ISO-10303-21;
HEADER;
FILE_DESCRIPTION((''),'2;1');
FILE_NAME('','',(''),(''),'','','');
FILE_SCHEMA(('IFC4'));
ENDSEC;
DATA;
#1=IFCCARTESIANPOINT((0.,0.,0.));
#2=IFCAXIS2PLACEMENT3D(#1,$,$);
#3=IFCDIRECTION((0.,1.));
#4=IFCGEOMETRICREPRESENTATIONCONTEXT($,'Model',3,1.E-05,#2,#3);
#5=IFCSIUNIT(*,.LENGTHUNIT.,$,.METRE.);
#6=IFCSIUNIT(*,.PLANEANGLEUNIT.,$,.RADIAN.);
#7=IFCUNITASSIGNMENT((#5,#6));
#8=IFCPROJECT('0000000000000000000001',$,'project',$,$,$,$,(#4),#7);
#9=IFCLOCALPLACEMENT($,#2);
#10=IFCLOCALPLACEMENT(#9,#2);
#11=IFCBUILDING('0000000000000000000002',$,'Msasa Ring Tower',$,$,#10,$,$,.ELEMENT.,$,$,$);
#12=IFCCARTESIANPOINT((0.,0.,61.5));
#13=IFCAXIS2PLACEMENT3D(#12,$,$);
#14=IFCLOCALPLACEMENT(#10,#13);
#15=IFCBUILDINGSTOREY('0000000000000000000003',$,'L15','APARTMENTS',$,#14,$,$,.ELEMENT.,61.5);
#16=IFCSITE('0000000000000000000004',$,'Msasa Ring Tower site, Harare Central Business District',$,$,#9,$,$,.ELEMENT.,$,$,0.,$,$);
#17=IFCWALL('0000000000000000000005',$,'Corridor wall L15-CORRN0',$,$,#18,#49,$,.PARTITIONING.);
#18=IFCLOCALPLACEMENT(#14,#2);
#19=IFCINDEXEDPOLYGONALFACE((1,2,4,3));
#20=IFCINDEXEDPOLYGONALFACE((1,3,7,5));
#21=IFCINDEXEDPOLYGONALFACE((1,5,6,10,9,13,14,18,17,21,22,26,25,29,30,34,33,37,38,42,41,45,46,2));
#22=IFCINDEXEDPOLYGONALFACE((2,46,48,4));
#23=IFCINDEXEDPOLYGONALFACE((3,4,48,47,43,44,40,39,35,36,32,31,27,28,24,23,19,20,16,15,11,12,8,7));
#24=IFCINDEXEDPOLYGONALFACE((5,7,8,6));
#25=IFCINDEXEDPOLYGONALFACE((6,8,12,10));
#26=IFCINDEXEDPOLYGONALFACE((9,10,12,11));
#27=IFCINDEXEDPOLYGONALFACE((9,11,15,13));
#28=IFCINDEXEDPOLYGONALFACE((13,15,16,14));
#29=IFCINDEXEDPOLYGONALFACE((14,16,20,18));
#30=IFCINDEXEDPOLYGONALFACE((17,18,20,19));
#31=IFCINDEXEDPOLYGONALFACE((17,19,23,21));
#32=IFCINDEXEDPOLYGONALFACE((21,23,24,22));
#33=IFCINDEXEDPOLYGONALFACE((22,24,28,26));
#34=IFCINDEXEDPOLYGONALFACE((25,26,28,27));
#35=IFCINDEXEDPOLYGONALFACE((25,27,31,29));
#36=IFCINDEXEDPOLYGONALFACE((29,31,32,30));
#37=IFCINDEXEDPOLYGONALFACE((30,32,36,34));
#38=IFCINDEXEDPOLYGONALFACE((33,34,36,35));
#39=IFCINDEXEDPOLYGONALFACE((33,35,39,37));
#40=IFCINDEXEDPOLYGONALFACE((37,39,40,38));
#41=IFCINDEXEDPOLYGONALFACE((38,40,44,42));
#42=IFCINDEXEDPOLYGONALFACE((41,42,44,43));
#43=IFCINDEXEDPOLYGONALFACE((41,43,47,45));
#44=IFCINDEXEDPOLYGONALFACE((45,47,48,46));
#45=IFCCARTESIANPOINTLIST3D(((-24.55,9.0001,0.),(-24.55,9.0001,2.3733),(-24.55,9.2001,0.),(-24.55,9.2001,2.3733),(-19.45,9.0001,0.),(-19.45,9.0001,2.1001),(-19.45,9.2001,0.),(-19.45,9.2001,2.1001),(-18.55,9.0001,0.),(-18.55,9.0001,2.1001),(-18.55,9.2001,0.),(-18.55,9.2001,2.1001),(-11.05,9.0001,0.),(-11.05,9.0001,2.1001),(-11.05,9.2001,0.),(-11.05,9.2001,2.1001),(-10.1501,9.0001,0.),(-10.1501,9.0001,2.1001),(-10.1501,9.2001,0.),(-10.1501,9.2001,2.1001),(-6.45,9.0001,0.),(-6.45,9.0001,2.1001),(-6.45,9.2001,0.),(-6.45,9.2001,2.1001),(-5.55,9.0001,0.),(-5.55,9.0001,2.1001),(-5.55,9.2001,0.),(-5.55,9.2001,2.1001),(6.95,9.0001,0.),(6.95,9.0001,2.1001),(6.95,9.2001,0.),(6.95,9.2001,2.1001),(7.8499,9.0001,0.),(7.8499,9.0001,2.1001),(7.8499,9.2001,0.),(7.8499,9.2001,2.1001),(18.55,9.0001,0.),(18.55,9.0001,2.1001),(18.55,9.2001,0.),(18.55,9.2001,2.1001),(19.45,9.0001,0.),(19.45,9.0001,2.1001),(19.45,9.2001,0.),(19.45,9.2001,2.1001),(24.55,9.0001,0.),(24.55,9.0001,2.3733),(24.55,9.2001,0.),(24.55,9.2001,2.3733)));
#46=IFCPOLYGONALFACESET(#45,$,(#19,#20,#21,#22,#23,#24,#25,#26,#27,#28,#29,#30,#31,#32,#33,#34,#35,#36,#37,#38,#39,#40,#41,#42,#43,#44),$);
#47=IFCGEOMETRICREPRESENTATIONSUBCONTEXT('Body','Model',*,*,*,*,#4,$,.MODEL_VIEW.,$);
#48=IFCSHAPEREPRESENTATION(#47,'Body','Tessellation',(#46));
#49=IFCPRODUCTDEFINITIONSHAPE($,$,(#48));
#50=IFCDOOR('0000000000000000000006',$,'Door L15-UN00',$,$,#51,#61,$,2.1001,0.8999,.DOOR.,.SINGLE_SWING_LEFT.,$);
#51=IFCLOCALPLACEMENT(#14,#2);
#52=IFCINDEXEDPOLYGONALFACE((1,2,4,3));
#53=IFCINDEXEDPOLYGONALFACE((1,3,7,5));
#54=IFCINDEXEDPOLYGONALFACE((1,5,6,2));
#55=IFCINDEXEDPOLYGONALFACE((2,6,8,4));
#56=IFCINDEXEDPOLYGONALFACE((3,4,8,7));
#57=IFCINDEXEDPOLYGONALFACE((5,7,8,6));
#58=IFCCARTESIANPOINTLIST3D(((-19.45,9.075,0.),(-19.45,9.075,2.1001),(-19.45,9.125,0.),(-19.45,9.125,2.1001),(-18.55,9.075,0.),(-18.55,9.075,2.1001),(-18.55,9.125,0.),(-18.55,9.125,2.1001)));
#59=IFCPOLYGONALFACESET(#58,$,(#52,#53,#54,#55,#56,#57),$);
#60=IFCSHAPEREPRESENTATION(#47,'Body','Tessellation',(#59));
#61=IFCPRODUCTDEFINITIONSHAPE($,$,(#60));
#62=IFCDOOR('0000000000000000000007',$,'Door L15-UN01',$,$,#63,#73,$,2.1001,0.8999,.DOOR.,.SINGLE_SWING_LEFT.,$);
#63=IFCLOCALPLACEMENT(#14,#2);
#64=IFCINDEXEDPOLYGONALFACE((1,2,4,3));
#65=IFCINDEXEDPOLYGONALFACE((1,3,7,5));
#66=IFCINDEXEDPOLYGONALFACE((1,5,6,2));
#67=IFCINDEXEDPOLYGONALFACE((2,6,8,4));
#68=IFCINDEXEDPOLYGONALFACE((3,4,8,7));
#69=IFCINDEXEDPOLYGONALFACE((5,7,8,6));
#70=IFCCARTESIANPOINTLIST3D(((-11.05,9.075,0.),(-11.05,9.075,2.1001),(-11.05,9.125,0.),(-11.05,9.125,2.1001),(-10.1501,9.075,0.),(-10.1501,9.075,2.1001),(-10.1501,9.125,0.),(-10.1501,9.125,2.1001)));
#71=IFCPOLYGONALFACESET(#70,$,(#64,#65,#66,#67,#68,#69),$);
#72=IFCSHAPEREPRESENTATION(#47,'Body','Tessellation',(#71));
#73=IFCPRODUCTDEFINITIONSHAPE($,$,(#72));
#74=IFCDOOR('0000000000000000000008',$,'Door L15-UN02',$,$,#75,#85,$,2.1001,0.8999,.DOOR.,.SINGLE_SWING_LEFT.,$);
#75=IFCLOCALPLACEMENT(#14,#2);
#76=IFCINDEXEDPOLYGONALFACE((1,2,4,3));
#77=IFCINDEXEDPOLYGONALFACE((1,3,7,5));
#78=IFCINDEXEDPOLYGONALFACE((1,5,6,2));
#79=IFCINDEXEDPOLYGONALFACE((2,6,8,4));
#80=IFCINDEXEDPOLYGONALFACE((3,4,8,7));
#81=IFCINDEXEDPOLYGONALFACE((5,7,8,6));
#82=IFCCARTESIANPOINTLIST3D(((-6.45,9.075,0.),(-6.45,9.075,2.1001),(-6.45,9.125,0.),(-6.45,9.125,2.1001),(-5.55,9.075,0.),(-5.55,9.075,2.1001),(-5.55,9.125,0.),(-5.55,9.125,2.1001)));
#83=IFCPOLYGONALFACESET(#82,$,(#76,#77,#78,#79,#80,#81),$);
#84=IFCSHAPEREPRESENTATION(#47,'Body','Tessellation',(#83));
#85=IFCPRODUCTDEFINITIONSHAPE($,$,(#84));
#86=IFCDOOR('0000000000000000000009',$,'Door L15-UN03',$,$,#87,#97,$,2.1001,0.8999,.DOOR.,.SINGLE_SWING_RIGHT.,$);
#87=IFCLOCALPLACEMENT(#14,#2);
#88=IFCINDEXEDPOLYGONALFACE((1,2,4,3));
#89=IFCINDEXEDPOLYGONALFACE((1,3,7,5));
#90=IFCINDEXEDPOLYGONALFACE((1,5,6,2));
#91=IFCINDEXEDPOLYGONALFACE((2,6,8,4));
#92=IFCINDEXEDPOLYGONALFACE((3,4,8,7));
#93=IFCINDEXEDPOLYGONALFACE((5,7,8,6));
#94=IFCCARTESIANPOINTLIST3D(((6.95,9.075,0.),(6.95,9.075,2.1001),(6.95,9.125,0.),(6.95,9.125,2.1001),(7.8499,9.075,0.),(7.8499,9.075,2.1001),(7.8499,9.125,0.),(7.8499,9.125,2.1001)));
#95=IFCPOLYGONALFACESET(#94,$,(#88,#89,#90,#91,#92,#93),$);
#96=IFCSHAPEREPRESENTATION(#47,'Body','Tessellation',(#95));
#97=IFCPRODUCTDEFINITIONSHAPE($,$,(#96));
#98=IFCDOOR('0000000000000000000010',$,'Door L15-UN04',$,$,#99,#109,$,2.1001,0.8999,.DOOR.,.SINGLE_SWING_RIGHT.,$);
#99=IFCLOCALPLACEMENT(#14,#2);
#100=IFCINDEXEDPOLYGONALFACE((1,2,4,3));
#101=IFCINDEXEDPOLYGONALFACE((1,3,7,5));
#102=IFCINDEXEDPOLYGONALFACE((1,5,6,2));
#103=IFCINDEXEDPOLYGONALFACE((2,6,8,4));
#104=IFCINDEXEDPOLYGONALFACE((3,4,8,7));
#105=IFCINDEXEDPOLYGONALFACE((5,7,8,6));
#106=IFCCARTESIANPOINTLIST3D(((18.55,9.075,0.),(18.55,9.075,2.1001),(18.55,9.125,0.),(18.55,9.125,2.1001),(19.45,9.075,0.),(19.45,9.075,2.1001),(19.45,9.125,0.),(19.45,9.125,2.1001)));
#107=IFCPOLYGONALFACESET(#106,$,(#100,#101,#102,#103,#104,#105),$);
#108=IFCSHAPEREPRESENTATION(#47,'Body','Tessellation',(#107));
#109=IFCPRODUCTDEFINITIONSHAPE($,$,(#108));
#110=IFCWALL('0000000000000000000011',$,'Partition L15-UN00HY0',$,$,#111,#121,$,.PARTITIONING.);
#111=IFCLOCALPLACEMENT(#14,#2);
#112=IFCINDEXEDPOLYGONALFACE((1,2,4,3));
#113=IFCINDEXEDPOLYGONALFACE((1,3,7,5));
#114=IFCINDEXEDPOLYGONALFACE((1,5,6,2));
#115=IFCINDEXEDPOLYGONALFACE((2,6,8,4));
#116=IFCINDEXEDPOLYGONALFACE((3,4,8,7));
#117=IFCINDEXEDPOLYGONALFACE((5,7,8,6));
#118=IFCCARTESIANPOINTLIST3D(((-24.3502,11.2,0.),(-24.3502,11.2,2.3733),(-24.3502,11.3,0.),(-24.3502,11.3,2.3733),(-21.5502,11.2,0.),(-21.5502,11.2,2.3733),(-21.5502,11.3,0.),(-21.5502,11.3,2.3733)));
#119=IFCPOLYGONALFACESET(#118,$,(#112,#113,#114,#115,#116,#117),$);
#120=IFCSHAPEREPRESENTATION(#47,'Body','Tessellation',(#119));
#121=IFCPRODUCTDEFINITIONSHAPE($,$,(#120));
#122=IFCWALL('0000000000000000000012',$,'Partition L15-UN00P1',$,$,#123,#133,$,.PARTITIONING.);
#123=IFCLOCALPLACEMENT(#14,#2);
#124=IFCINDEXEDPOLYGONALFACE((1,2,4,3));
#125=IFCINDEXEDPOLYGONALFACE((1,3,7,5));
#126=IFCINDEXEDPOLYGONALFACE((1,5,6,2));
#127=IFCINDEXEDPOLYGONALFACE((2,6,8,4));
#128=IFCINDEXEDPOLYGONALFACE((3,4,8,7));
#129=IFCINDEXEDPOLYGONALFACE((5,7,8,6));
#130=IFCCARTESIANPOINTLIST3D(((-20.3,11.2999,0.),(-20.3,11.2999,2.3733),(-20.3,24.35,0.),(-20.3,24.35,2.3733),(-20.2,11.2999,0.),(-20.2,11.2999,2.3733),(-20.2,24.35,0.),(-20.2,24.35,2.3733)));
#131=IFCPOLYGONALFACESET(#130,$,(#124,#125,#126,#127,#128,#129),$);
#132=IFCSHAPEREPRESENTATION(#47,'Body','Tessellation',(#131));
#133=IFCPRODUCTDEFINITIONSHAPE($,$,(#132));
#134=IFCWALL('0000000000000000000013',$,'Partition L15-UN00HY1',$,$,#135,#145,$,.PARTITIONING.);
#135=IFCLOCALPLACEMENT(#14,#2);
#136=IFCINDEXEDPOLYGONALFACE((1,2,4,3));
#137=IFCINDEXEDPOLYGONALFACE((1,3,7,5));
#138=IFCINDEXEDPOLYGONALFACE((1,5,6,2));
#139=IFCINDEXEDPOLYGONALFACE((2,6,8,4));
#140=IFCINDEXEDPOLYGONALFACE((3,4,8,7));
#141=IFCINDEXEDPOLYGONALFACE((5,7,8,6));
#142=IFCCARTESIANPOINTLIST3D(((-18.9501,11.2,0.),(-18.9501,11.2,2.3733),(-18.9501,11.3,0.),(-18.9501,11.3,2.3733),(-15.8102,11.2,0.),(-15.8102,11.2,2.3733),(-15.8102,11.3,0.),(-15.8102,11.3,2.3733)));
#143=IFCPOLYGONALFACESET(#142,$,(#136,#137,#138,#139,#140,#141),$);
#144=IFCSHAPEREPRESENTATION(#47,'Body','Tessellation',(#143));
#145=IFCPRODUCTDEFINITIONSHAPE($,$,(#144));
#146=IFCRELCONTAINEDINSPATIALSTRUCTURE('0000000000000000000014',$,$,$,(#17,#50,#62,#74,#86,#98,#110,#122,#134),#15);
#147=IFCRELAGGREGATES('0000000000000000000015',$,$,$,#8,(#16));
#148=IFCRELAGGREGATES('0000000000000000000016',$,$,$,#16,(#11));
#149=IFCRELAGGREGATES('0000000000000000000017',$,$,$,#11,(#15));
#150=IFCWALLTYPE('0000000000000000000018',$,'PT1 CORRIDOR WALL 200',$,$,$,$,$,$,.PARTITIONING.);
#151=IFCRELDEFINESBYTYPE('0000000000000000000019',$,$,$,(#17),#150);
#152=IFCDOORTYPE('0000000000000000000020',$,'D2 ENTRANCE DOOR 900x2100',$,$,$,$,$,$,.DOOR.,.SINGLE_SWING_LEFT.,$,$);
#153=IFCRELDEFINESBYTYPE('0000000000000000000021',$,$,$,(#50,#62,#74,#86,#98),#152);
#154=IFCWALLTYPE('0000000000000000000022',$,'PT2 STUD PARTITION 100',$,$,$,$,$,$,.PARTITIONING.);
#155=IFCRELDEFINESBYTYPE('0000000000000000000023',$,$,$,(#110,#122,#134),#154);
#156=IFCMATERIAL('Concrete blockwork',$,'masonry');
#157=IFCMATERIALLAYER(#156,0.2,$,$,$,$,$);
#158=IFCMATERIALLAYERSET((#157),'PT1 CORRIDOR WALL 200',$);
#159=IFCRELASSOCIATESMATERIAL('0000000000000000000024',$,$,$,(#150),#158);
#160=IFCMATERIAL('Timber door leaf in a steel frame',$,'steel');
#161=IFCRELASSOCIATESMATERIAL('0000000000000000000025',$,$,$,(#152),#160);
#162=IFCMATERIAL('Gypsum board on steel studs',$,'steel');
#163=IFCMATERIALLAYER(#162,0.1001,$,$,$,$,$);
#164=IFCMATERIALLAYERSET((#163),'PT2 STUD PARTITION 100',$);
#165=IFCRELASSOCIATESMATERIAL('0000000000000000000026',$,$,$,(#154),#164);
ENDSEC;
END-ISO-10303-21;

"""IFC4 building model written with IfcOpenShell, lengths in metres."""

from ifc_helpers import new_model, si_unit, direction, frame, frame_2d, origin, place, context, subcontext, project, spatial, rectangle, extrude, material, layer, layer_set, type_object, element, fill, save


model = new_model("IFC4")

# Units and contexts
model_context = context("Model", 3, precision=1e-05, world=origin(), true_north=direction((0.0, 1.0)))
body_context = subcontext(model_context, "Body", "Model", "MODEL_VIEW")
ifc_project = project(units=[si_unit("LENGTHUNIT", "METRE"), si_unit("PLANEANGLEUNIT", "RADIAN")], contexts=[model_context])

# Site, building, storey
site_placement = place(None, origin())
site = spatial("IfcSite", under=ifc_project, at=site_placement, Name="Msasa Ring Tower site, Harare Central Business District", CompositionType="ELEMENT", RefElevation=0.0)
building_placement = place(site_placement, origin())
building = spatial("IfcBuilding", under=site, at=building_placement, Name="Msasa Ring Tower", CompositionType="ELEMENT")
storey_placement = place(building_placement, frame((0.0, 0.0, 61.5)))
storey = spatial("IfcBuildingStorey", under=building, at=storey_placement, Name="L15", Description="APARTMENTS", CompositionType="ELEMENT", Elevation=61.5)

# Wall, openings, doors
ifc_material_1 = material(Name="Concrete blockwork", Category="masonry")
ifc_layer_1 = layer(ifc_material_1, 0.2)
ifc_layer_set_1 = layer_set([ifc_layer_1], Name="PT1 CORRIDOR WALL 200")
wall_type_1 = type_object("IfcWallType", Name="PT1 CORRIDOR WALL 200", PredefinedType="PARTITIONING", material=ifc_layer_set_1)
wall_1_placement = place(storey_placement, frame((-24.55, 9.1001, 0.0), z_axis=(0.0, 0.0, 1.0), x_axis=(1.0, 0.0, 0.0)))
wall_1 = element("IfcWall", 1, at=wall_1_placement, inside=storey, type_object=wall_type_1, Name="Corridor wall L15-CORRN0", PredefinedType="PARTITIONING", context=body_context, shape_type="SweptSolid", body=[
    extrude(rectangle(XDim=49.1001, YDim=0.2, at=frame_2d((24.55, 0.0))), origin(), (0.0, 0.0, 1.0), 2.3733),
])
opening_1_placement = place(wall_1_placement, frame((5.1001, 0.0, 0.0)))
opening_1 = element("IfcOpeningElement", 2, at=opening_1_placement, cuts=wall_1, PredefinedType="OPENING", context=body_context, shape_type="SweptSolid", body=[
    extrude(rectangle(XDim=0.8999, YDim=2.1001, at=frame_2d((0.45, 1.05))), frame((0.0, 0.1099, 0.0), z_axis=(0.0, -1.0, 0.0), x_axis=(1.0, 0.0, 0.0)), (0.0, 0.0, 1.0), 0.22),
])
opening_2_placement = place(wall_1_placement, frame((13.5, 0.0, 0.0)))
opening_2 = element("IfcOpeningElement", 3, at=opening_2_placement, cuts=wall_1, PredefinedType="OPENING", context=body_context, shape_type="SweptSolid", body=[
    extrude(rectangle(XDim=0.8999, YDim=2.1001, at=frame_2d((0.45, 1.05))), frame((0.0, 0.1099, 0.0), z_axis=(0.0, -1.0, 0.0), x_axis=(1.0, 0.0, 0.0)), (0.0, 0.0, 1.0), 0.22),
])
opening_3_placement = place(wall_1_placement, frame((18.1001, 0.0, 0.0)))
opening_3 = element("IfcOpeningElement", 4, at=opening_3_placement, cuts=wall_1, PredefinedType="OPENING", context=body_context, shape_type="SweptSolid", body=[
    extrude(rectangle(XDim=0.8999, YDim=2.1001, at=frame_2d((0.45, 1.05))), frame((0.0, 0.1099, 0.0), z_axis=(0.0, -1.0, 0.0), x_axis=(1.0, 0.0, 0.0)), (0.0, 0.0, 1.0), 0.22),
])
opening_4_placement = place(wall_1_placement, frame((31.5, 0.0, 0.0)))
opening_4 = element("IfcOpeningElement", 5, at=opening_4_placement, cuts=wall_1, PredefinedType="OPENING", context=body_context, shape_type="SweptSolid", body=[
    extrude(rectangle(XDim=0.8999, YDim=2.1001, at=frame_2d((0.45, 1.05))), frame((0.0, 0.1099, 0.0), z_axis=(0.0, -1.0, 0.0), x_axis=(1.0, 0.0, 0.0)), (0.0, 0.0, 1.0), 0.22),
])
opening_5_placement = place(wall_1_placement, frame((43.1001, 0.0, 0.0)))
opening_5 = element("IfcOpeningElement", 6, at=opening_5_placement, cuts=wall_1, PredefinedType="OPENING", context=body_context, shape_type="SweptSolid", body=[
    extrude(rectangle(XDim=0.8999, YDim=2.1001, at=frame_2d((0.45, 1.05))), frame((0.0, 0.1099, 0.0), z_axis=(0.0, -1.0, 0.0), x_axis=(1.0, 0.0, 0.0)), (0.0, 0.0, 1.0), 0.22),
])
ifc_material_2 = material(Name="Timber door leaf in a steel frame", Category="steel")
door_type_1 = type_object("IfcDoorType", Name="D2 ENTRANCE DOOR 900x2100", OperationType="SINGLE_SWING_LEFT", PredefinedType="DOOR", material=ifc_material_2)
door_1_placement = place(opening_1_placement, origin())
door_1 = element("IfcDoor", 7, at=door_1_placement, inside=storey, type_object=door_type_1, Name="Door L15-UN00", OperationType="SINGLE_SWING_LEFT", OverallHeight=2.1001, OverallWidth=0.8999, PredefinedType="DOOR", context=body_context, shape_type="SweptSolid", body=[
    extrude(rectangle(XDim=0.8999, YDim=2.1001, at=frame_2d((0.45, 1.05))), frame((0.0, 0.0249, 0.0), z_axis=(0.0, -1.0, 0.0), x_axis=(1.0, 0.0, 0.0)), (0.0, 0.0, 1.0), 0.05),
])
fill(opening_1, door_1)
door_2_placement = place(opening_2_placement, origin())
door_2 = element("IfcDoor", 8, at=door_2_placement, inside=storey, type_object=door_type_1, Name="Door L15-UN01", OperationType="SINGLE_SWING_LEFT", OverallHeight=2.1001, OverallWidth=0.8999, PredefinedType="DOOR", context=body_context, shape_type="SweptSolid", body=[
    extrude(rectangle(XDim=0.8999, YDim=2.1001, at=frame_2d((0.45, 1.05))), frame((0.0, 0.0249, 0.0), z_axis=(0.0, -1.0, 0.0), x_axis=(1.0, 0.0, 0.0)), (0.0, 0.0, 1.0), 0.05),
])
fill(opening_2, door_2)
door_3_placement = place(opening_3_placement, origin())
door_3 = element("IfcDoor", 9, at=door_3_placement, inside=storey, type_object=door_type_1, Name="Door L15-UN02", OperationType="SINGLE_SWING_LEFT", OverallHeight=2.1001, OverallWidth=0.8999, PredefinedType="DOOR", context=body_context, shape_type="SweptSolid", body=[
    extrude(rectangle(XDim=0.8999, YDim=2.1001, at=frame_2d((0.45, 1.05))), frame((0.0, 0.0249, 0.0), z_axis=(0.0, -1.0, 0.0), x_axis=(1.0, 0.0, 0.0)), (0.0, 0.0, 1.0), 0.05),
])
fill(opening_3, door_3)
door_4_placement = place(opening_4_placement, origin())
door_4 = element("IfcDoor", 10, at=door_4_placement, inside=storey, type_object=door_type_1, Name="Door L15-UN03", OperationType="SINGLE_SWING_RIGHT", OverallHeight=2.1001, OverallWidth=0.8999, PredefinedType="DOOR", context=body_context, shape_type="SweptSolid", body=[
    extrude(rectangle(XDim=0.8999, YDim=2.1001, at=frame_2d((0.45, 1.05))), frame((0.0, 0.0249, 0.0), z_axis=(0.0, -1.0, 0.0), x_axis=(1.0, 0.0, 0.0)), (0.0, 0.0, 1.0), 0.05),
])
fill(opening_4, door_4)
door_5_placement = place(opening_5_placement, origin())
door_5 = element("IfcDoor", 11, at=door_5_placement, inside=storey, type_object=door_type_1, Name="Door L15-UN04", OperationType="SINGLE_SWING_RIGHT", OverallHeight=2.1001, OverallWidth=0.8999, PredefinedType="DOOR", context=body_context, shape_type="SweptSolid", body=[
    extrude(rectangle(XDim=0.8999, YDim=2.1001, at=frame_2d((0.45, 1.05))), frame((0.0, 0.0249, 0.0), z_axis=(0.0, -1.0, 0.0), x_axis=(1.0, 0.0, 0.0)), (0.0, 0.0, 1.0), 0.05),
])
fill(opening_5, door_5)

# Walls
ifc_material_3 = material(Name="Gypsum board on steel studs", Category="steel")
ifc_layer_2 = layer(ifc_material_3, 0.1001)
ifc_layer_set_2 = layer_set([ifc_layer_2], Name="PT2 STUD PARTITION 100")
wall_type_2 = type_object("IfcWallType", Name="PT2 STUD PARTITION 100", PredefinedType="PARTITIONING", material=ifc_layer_set_2)
wall_2_placement = place(storey_placement, frame((-24.3501, 11.25, 0.0), z_axis=(0.0, 0.0, 1.0), x_axis=(1.0, 0.0, 0.0)))
element("IfcWall", 12, at=wall_2_placement, inside=storey, type_object=wall_type_2, Name="Partition L15-UN00HY0", PredefinedType="PARTITIONING", context=body_context, shape_type="SweptSolid", body=[
    extrude(rectangle(XDim=2.8, YDim=0.1001, at=frame_2d((1.3999, 0.0))), origin(), (0.0, 0.0, 1.0), 2.3733),
])
wall_3_placement = place(storey_placement, frame((-20.25, 11.3, 0.0), z_axis=(0.0, 0.0, 1.0), x_axis=(0.0, 1.0, 0.0)))
element("IfcWall", 13, at=wall_3_placement, inside=storey, type_object=wall_type_2, Name="Partition L15-UN00P1", PredefinedType="PARTITIONING", context=body_context, shape_type="SweptSolid", body=[
    extrude(rectangle(XDim=13.05, YDim=0.1001, at=frame_2d((6.5249, 0.0))), origin(), (0.0, 0.0, 1.0), 2.3733),
])
wall_4_placement = place(storey_placement, frame((-18.95, 11.25, 0.0), z_axis=(0.0, 0.0, 1.0), x_axis=(1.0, 0.0, 0.0)))
element("IfcWall", 14, at=wall_4_placement, inside=storey, type_object=wall_type_2, Name="Partition L15-UN00HY1", PredefinedType="PARTITIONING", context=body_context, shape_type="SweptSolid", body=[
    extrude(rectangle(XDim=3.1399, YDim=0.1001, at=frame_2d((1.5698, 0.0))), origin(), (0.0, 0.0, 1.0), 2.3733),
])

save(model, "model.ifc")
